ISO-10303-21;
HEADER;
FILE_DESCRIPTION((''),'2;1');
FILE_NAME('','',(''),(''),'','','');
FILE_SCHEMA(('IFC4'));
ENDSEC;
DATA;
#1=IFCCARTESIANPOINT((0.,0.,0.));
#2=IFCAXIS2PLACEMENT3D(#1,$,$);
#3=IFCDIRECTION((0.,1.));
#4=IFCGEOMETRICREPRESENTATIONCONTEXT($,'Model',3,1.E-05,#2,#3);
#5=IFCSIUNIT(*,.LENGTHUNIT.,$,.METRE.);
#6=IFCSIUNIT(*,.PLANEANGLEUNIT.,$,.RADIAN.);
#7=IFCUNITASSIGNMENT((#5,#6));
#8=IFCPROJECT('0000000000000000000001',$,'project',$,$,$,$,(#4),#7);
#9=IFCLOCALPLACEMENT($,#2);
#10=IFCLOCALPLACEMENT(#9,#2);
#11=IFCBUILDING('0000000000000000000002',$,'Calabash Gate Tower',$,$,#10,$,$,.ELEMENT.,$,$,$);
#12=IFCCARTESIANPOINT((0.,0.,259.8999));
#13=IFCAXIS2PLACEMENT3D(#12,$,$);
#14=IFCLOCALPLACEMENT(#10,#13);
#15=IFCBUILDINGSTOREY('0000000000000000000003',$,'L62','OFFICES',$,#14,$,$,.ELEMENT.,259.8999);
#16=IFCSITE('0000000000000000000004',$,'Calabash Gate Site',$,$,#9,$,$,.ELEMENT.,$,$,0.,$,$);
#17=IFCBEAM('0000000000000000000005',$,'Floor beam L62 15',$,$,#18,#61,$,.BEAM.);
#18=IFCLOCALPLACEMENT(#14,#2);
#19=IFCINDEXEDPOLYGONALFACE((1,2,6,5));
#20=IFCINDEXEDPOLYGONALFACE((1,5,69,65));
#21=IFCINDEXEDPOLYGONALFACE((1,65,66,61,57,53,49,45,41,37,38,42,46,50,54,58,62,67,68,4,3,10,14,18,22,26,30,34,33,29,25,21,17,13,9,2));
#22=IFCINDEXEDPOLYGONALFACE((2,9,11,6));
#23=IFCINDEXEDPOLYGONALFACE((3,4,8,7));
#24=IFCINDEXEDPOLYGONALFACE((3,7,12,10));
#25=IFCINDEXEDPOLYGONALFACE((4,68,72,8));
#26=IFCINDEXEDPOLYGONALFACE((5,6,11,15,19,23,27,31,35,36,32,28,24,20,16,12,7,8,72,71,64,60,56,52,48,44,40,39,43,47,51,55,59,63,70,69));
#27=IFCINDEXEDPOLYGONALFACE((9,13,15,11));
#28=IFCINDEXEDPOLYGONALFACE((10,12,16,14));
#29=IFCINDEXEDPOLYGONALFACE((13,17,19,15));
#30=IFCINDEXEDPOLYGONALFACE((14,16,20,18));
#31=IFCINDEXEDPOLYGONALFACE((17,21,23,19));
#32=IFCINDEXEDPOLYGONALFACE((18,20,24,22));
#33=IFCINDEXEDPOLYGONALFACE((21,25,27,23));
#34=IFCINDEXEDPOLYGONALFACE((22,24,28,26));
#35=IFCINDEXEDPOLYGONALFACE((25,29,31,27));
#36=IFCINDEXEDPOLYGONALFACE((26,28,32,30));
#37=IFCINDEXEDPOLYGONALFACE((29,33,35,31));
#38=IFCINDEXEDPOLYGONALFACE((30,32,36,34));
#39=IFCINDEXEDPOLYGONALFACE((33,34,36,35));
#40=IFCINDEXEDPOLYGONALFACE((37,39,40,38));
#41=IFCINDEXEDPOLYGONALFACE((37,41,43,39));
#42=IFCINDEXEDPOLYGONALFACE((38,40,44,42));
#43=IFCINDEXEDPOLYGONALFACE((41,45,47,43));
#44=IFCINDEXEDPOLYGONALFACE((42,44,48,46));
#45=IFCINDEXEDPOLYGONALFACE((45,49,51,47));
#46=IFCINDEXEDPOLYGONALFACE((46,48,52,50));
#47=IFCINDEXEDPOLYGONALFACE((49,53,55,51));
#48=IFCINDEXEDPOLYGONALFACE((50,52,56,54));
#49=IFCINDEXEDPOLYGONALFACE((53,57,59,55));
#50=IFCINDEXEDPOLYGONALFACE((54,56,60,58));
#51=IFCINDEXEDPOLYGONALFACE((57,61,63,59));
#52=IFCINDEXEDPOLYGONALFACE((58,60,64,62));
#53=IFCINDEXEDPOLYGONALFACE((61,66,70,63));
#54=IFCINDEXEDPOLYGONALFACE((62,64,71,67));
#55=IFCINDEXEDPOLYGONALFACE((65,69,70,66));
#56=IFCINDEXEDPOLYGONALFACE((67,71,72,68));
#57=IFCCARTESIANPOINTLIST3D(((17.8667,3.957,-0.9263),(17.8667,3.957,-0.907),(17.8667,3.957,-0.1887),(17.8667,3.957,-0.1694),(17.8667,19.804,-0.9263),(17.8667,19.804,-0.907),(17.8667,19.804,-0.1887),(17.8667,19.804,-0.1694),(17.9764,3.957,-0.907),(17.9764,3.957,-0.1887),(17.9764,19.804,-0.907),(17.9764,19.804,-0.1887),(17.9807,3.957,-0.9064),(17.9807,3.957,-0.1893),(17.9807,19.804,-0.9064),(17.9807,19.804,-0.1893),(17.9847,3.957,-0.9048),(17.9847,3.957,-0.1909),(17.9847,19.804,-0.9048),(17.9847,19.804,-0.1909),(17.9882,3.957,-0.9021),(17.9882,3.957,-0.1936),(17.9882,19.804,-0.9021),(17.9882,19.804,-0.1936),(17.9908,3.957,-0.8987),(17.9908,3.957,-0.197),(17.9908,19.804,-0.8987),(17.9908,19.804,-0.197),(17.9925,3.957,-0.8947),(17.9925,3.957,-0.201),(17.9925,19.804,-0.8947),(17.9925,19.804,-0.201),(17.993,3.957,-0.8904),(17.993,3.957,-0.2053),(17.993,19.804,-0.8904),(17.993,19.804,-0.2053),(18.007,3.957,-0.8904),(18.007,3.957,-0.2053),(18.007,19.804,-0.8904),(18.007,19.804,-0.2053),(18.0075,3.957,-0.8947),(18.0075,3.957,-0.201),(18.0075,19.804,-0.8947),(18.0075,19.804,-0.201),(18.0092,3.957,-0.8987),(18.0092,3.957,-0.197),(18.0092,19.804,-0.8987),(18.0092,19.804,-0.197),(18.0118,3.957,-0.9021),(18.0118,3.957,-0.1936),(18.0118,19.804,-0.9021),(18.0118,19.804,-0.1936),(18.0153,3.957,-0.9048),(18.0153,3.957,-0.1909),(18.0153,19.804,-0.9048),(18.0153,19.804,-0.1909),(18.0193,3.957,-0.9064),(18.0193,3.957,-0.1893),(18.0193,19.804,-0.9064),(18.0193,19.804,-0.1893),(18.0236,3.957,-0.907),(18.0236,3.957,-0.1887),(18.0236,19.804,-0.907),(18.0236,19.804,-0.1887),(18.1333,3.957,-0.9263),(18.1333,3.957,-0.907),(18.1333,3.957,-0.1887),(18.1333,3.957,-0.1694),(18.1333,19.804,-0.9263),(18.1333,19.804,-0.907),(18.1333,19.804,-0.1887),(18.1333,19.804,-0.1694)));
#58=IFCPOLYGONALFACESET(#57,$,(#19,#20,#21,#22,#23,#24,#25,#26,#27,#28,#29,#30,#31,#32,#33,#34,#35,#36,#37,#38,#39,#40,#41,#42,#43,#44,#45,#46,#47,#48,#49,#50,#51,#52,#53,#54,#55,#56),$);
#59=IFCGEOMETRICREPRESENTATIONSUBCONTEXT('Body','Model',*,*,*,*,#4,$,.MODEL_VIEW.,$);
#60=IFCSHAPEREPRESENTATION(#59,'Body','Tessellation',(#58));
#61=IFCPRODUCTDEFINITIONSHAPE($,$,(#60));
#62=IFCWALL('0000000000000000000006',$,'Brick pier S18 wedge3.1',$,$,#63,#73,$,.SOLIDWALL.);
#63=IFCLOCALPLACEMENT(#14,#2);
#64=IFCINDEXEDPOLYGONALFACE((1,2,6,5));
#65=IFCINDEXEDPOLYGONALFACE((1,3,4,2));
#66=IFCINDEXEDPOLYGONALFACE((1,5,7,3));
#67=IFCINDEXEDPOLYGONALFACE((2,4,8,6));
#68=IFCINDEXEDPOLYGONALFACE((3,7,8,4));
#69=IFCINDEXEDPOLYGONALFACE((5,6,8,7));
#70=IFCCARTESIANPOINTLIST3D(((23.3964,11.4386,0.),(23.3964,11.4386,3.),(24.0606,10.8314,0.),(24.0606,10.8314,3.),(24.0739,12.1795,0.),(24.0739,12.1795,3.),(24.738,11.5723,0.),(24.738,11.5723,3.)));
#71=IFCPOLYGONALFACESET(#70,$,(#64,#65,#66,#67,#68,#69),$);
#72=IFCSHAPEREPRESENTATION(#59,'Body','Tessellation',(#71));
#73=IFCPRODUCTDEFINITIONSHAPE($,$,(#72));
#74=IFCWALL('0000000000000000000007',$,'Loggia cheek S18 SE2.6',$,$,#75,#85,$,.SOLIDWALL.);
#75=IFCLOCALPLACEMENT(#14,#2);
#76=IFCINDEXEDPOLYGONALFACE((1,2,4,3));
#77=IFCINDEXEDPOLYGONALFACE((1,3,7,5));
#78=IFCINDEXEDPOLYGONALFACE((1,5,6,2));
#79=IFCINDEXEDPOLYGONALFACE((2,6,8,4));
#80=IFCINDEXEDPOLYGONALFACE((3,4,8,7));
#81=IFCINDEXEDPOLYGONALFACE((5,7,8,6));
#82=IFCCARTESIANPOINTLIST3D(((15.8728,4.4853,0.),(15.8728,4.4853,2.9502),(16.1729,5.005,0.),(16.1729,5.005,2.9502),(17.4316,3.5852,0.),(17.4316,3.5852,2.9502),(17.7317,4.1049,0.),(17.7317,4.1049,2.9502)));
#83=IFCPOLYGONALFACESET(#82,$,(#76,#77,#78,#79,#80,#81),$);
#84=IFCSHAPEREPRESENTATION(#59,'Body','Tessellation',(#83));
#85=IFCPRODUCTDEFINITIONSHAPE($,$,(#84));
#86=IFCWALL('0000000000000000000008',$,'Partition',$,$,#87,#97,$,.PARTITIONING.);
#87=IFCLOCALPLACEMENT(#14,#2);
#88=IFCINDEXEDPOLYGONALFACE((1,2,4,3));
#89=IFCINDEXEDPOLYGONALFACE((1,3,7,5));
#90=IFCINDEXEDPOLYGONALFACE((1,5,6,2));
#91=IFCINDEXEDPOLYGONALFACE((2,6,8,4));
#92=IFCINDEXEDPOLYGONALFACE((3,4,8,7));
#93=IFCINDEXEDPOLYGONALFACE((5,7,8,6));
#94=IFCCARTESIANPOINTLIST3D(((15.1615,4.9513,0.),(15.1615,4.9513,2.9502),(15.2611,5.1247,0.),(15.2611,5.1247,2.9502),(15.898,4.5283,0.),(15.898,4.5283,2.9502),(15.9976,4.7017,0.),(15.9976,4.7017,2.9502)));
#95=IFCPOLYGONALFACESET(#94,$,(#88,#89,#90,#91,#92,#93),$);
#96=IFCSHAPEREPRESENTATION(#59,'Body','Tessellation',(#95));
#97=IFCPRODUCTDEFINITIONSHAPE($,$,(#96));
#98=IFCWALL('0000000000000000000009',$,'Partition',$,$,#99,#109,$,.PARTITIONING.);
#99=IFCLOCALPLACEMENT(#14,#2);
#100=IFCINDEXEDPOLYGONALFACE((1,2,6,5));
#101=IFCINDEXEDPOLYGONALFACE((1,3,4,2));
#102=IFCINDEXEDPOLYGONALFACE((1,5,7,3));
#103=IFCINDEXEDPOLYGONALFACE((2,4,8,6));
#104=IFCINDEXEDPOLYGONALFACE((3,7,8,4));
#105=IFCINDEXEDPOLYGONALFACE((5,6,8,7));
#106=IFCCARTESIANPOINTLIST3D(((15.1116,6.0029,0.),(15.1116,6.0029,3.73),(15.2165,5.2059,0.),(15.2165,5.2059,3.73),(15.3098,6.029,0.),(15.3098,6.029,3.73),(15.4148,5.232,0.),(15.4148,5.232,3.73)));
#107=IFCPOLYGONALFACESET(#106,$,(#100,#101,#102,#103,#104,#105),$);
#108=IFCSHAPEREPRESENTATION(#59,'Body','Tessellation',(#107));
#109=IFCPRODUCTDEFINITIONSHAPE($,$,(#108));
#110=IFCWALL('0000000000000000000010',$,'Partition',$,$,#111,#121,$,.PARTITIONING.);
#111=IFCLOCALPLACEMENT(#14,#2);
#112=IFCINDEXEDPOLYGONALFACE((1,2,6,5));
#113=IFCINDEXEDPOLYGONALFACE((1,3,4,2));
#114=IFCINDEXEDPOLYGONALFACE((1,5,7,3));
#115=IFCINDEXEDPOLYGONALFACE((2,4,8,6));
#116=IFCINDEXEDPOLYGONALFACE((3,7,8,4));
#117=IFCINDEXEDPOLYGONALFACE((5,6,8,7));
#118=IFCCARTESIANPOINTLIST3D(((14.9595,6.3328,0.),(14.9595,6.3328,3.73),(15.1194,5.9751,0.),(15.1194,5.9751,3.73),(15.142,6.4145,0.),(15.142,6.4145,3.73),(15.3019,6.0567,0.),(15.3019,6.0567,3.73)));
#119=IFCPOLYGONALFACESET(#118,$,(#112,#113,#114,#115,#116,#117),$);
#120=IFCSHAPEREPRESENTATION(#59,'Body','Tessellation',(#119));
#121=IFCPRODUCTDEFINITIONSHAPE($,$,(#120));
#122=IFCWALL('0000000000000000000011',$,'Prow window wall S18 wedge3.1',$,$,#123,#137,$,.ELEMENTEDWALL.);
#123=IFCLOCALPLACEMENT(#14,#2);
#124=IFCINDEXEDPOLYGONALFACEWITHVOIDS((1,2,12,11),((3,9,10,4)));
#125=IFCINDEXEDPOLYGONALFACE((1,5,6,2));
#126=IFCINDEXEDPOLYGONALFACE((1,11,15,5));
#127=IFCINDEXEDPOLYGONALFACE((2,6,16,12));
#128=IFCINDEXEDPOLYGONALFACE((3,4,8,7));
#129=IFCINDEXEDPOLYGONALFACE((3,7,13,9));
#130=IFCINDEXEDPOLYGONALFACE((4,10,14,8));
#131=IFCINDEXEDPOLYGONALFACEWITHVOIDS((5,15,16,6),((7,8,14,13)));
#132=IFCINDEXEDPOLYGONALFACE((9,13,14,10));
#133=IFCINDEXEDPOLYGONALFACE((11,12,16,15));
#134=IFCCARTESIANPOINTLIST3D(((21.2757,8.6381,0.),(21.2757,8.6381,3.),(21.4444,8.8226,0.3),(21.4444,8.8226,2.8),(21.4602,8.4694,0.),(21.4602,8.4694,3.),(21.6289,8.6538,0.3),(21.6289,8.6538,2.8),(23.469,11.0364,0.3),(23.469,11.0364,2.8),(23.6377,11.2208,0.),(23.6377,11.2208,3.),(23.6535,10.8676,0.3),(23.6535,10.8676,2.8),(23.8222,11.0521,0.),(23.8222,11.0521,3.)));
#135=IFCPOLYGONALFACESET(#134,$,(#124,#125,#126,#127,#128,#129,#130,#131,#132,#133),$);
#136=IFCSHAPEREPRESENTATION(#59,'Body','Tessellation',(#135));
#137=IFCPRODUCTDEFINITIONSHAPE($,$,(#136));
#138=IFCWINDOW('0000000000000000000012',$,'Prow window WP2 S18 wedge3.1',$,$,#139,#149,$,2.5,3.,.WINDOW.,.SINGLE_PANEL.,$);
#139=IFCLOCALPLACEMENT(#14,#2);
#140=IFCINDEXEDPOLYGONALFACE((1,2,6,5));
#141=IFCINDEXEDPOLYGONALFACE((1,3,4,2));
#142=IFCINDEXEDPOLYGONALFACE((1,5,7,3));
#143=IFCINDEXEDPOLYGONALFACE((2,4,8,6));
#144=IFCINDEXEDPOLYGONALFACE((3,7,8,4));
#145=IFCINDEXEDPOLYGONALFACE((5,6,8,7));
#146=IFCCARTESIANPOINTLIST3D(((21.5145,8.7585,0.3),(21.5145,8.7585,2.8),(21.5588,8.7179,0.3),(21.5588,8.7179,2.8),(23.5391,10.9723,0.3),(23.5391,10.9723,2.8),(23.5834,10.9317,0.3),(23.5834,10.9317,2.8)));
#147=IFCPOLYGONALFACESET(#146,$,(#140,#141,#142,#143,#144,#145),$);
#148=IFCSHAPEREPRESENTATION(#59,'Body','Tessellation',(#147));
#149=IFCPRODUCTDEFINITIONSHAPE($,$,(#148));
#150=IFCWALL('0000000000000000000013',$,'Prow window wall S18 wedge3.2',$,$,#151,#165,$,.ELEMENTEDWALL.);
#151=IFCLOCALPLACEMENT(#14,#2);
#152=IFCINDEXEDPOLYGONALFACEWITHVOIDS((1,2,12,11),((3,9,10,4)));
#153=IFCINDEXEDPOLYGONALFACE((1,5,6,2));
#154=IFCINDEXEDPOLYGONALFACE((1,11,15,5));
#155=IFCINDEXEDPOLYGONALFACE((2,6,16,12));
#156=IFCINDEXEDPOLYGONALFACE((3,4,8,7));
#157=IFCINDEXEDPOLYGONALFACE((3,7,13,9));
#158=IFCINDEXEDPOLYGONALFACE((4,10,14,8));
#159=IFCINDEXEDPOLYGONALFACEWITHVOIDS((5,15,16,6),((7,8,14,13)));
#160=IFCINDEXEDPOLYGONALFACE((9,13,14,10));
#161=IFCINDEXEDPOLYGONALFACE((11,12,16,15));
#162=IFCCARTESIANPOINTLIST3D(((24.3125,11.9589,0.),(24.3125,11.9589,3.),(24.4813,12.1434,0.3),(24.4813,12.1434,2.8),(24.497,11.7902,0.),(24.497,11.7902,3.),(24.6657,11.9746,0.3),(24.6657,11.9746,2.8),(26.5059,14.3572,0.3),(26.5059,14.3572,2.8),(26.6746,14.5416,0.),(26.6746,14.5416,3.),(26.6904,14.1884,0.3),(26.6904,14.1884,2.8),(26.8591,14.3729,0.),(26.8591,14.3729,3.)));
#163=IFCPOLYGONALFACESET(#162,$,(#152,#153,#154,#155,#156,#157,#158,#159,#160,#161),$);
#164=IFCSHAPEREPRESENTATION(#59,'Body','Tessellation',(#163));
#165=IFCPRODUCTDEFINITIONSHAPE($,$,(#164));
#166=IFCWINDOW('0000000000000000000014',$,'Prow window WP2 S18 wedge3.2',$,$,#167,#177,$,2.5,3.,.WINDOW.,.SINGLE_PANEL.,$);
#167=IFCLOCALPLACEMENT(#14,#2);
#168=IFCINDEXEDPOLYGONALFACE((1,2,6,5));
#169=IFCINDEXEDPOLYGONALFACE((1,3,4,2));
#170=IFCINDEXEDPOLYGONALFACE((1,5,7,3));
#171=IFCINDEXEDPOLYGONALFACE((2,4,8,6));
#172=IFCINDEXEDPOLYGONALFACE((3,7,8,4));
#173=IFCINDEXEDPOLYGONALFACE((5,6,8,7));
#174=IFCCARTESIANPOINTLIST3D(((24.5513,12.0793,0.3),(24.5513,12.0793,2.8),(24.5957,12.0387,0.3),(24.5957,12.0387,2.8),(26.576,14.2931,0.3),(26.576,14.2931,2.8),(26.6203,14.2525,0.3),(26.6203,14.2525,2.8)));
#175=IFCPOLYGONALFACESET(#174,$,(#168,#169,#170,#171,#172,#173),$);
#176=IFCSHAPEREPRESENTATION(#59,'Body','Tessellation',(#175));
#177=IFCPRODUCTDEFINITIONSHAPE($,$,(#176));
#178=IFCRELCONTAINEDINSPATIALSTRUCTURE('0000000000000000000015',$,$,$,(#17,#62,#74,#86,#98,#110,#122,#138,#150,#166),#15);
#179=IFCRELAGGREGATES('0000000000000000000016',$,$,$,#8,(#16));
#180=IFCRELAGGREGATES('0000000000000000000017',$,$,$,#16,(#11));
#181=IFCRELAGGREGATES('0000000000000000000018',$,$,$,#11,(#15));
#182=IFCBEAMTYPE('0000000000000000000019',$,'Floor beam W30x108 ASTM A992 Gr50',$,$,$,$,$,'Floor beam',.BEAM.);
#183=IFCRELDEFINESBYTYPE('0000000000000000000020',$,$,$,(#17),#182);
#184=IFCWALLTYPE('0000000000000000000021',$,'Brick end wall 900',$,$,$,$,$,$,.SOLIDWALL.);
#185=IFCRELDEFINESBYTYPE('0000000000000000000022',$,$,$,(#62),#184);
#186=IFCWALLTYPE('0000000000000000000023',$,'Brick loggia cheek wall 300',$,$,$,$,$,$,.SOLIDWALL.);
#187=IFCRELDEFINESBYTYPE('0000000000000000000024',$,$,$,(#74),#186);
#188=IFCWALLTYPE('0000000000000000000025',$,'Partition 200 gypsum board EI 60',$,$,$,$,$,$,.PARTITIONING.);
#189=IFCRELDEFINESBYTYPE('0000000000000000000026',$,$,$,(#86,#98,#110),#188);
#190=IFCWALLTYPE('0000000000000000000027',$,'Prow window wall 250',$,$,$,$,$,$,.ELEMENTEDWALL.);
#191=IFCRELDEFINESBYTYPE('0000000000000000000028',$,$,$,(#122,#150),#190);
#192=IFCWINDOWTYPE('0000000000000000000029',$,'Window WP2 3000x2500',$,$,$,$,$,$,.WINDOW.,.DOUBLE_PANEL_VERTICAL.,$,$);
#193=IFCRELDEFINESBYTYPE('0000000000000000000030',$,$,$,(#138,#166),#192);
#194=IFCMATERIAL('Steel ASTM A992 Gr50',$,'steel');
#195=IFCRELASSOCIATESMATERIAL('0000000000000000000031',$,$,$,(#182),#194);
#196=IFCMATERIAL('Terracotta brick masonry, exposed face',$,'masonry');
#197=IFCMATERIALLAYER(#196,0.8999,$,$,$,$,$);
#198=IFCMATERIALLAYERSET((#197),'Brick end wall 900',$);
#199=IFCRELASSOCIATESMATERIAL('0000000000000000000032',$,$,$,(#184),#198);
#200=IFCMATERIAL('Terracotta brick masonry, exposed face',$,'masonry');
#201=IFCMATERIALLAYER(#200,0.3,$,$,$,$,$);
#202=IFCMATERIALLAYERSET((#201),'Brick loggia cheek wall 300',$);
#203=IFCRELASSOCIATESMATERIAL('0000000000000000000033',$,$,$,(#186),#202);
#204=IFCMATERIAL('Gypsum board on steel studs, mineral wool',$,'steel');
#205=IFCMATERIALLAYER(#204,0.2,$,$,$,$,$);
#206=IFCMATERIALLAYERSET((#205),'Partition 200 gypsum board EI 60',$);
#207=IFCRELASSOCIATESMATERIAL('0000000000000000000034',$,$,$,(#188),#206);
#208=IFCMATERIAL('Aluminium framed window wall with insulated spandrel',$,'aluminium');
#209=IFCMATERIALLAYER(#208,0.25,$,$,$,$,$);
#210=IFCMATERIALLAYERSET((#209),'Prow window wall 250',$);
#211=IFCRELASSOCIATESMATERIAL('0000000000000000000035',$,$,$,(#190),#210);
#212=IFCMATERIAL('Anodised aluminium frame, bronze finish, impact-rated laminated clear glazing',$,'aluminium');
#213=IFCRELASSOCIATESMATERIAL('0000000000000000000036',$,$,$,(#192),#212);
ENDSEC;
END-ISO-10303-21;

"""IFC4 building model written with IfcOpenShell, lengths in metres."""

from ifc_helpers import new_model, si_unit, direction, frame, frame_2d, origin, origin_2d, place, context, subcontext, project, spatial, rectangle, i_section, extrude, material, layer, layer_set, material_profile, profile_set, type_object, element, fill, save


model = new_model("IFC4")

# Units and contexts
model_context = context("Model", 3, precision=1e-05, world=origin(), true_north=direction((0.0, 1.0)))
body_context = subcontext(model_context, "Body", "Model", "MODEL_VIEW")
ifc_project = project(units=[si_unit("LENGTHUNIT", "METRE"), si_unit("PLANEANGLEUNIT", "RADIAN")], contexts=[model_context])

# Site, building, storey
site_placement = place(None, origin())
site = spatial("IfcSite", under=ifc_project, at=site_placement, Name="Calabash Gate Site", CompositionType="ELEMENT", RefElevation=0.0)
building_placement = place(site_placement, origin())
building = spatial("IfcBuilding", under=site, at=building_placement, Name="Calabash Gate Tower", CompositionType="ELEMENT")
storey_placement = place(building_placement, frame((0.0, 0.0, 259.8999)))
storey = spatial("IfcBuildingStorey", under=building, at=storey_placement, Name="L62", Description="OFFICES", CompositionType="ELEMENT", Elevation=259.8999)

# Beam
ifc_material_1 = material(Name="Steel ASTM A992 Gr50", Category="steel")
ifc_material_profile_1 = material_profile(ifc_material_1, i_section(OverallWidth=0.2666, OverallDepth=0.7568, WebThickness=0.0139, FlangeThickness=0.0193, FilletRadius=0.0166, at=origin_2d()))
ifc_profile_set_1 = profile_set([ifc_material_profile_1], Name="Steel ASTM A992 Gr50")
beam_type_1 = type_object("IfcBeamType", Name="Floor beam W30x108 ASTM A992 Gr50", ElementType="Floor beam", PredefinedType="BEAM", material=ifc_profile_set_1)
beam_1_placement = place(storey_placement, frame((18.0, 3.957, -0.5479), z_axis=(0.0, 1.0, 0.0), x_axis=(-1.0, 0.0, 0.0)))
element("IfcBeam", 1, at=beam_1_placement, inside=storey, type_object=beam_type_1, Name="Floor beam L62 15", PredefinedType="BEAM", context=body_context, shape_type="SweptSolid", body=[
    extrude(i_section(OverallWidth=0.2666, OverallDepth=0.7568, WebThickness=0.0139, FlangeThickness=0.0193, FilletRadius=0.0166, at=origin_2d()), origin(), (0.0, 0.0, 1.0), 15.8469),
])

# Walls
ifc_material_2 = material(Name="Terracotta brick masonry, exposed face", Category="masonry")
ifc_layer_1 = layer(ifc_material_2, 0.8999)
ifc_layer_set_1 = layer_set([ifc_layer_1], Name="Brick end wall 900")
wall_type_1 = type_object("IfcWallType", Name="Brick end wall 900", PredefinedType="SOLIDWALL", material=ifc_layer_set_1)
wall_1_placement = place(storey_placement, frame((23.7285, 11.135, 0.0), z_axis=(0.0, 0.0, 1.0), x_axis=(0.674788, 0.738012, 0.0)))
element("IfcWall", 2, at=wall_1_placement, inside=storey, type_object=wall_type_1, Name="Brick pier S18 wedge3.1", PredefinedType="SOLIDWALL", context=body_context, shape_type="SweptSolid", body=[
    extrude(rectangle(XDim=1.0039, YDim=0.8999, at=frame_2d((0.502, 0.0))), origin(), (0.0, 0.0, 1.0), 3.0),
])
ifc_material_3 = material(Name="Terracotta brick masonry, exposed face", Category="masonry")
ifc_layer_2 = layer(ifc_material_3, 0.3)
ifc_layer_set_2 = layer_set([ifc_layer_2], Name="Brick loggia cheek wall 300")
wall_type_2 = type_object("IfcWallType", Name="Brick loggia cheek wall 300", PredefinedType="SOLIDWALL", material=ifc_layer_set_2)
wall_2_placement = place(storey_placement, frame((16.0229, 4.7451, 0.0), z_axis=(0.0, 0.0, 1.0), x_axis=(0.865989, -0.500063, 0.0)))
element("IfcWall", 3, at=wall_2_placement, inside=storey, type_object=wall_type_2, Name="Loggia cheek S18 SE2.6", PredefinedType="SOLIDWALL", context=body_context, shape_type="SweptSolid", body=[
    extrude(rectangle(XDim=1.8, YDim=0.6001, at=frame_2d((0.8999, 0.0))), origin(), (0.0, 0.0, 1.0), 2.9502),
])
ifc_material_4 = material(Name="Gypsum board on steel studs, mineral wool", Category="steel")
ifc_layer_3 = layer(ifc_material_4, 0.2)
ifc_layer_set_3 = layer_set([ifc_layer_3], Name="Partition 200 gypsum board EI 60")
wall_type_3 = type_object("IfcWallType", Name="Partition 200 gypsum board EI 60", PredefinedType="PARTITIONING", material=ifc_layer_set_3)
wall_3_placement = place(storey_placement, frame((15.2112, 5.0381, 0.0), z_axis=(0.0, 0.0, 1.0), x_axis=(0.867127, -0.498088, 0.0)))
element("IfcWall", 4, at=wall_3_placement, inside=storey, type_object=wall_type_3, Name="Partition", PredefinedType="PARTITIONING", context=body_context, shape_type="SweptSolid", body=[
    extrude(rectangle(XDim=0.8494, YDim=0.2, at=frame_2d((0.4248, 0.0))), origin(), (0.0, 0.0, 1.0), 2.9502),
])
wall_4_placement = place(storey_placement, frame((15.2107, 6.0159, 0.0), z_axis=(0.0, 0.0, 1.0), x_axis=(0.130572, -0.991439, 0.0)))
element("IfcWall", 5, at=wall_4_placement, inside=storey, type_object=wall_type_3, Name="Partition", PredefinedType="PARTITIONING", context=body_context, shape_type="SweptSolid", body=[
    extrude(rectangle(XDim=0.804, YDim=0.2, at=frame_2d((0.4019, 0.0))), origin(), (0.0, 0.0, 1.0), 3.73),
])
wall_5_placement = place(storey_placement, frame((15.0508, 6.3735, 0.0), z_axis=(0.0, 0.0, 1.0), x_axis=(0.408161, -0.91291, 0.0)))
element("IfcWall", 6, at=wall_5_placement, inside=storey, type_object=wall_type_3, Name="Partition", PredefinedType="PARTITIONING", context=body_context, shape_type="SweptSolid", body=[
    extrude(rectangle(XDim=0.3918, YDim=0.2, at=frame_2d((0.1958, 0.0))), origin(), (0.0, 0.0, 1.0), 3.73),
])

# Walls, openings, windows
ifc_material_5 = material(Name="Aluminium framed window wall with insulated spandrel", Category="aluminium")
ifc_layer_4 = layer(ifc_material_5, 0.25)
ifc_layer_set_4 = layer_set([ifc_layer_4], Name="Prow window wall 250")
wall_type_4 = type_object("IfcWallType", Name="Prow window wall 250", PredefinedType="ELEMENTEDWALL", material=ifc_layer_set_4)
wall_6_placement = place(storey_placement, frame((21.3679, 8.5537, 0.0), z_axis=(0.0, 0.0, 1.0), x_axis=(0.674874, 0.737933, 0.0)))
wall_6 = element("IfcWall", 7, at=wall_6_placement, inside=storey, type_object=wall_type_4, Name="Prow window wall S18 wedge3.1", PredefinedType="ELEMENTEDWALL", context=body_context, shape_type="SweptSolid", body=[
    extrude(rectangle(XDim=3.5, YDim=0.25, at=frame_2d((1.75, 0.0))), origin(), (0.0, 0.0, 1.0), 3.0),
])
opening_1_placement = place(wall_6_placement, frame((0.25, 0.0, 0.3)))
opening_1 = element("IfcOpeningElement", 8, at=opening_1_placement, cuts=wall_6, PredefinedType="OPENING", context=body_context, shape_type="SweptSolid", body=[
    extrude(rectangle(XDim=3.0, YDim=2.5, at=frame_2d((1.5, 1.25))), frame((0.0, 0.135, 0.0), z_axis=(0.0, -1.0, 0.0), x_axis=(1.0, 0.0, 0.0)), (0.0, 0.0, 1.0), 0.27),
])
ifc_material_6 = material(Name="Anodised aluminium frame, bronze finish, impact-rated laminated clear glazing", Category="aluminium")
window_type = type_object("IfcWindowType", Name="Window WP2 3000x2500", PartitioningType="DOUBLE_PANEL_VERTICAL", PredefinedType="WINDOW", material=ifc_material_6)
window_1_placement = place(opening_1_placement, origin())
window_1 = element("IfcWindow", 9, at=window_1_placement, inside=storey, type_object=window_type, Name="Prow window WP2 S18 wedge3.1", OverallHeight=2.5, OverallWidth=3.0, PartitioningType="SINGLE_PANEL", PredefinedType="WINDOW", context=body_context, shape_type="SweptSolid", body=[
    extrude(rectangle(XDim=3.0, YDim=2.5, at=frame_2d((1.5, 1.25))), frame((0.0, 0.03, 0.0), z_axis=(0.0, -1.0, 0.0), x_axis=(1.0, 0.0, 0.0)), (0.0, 0.0, 1.0), 0.0601),
])
fill(opening_1, window_1)
wall_7_placement = place(storey_placement, frame((24.4048, 11.8745, 0.0), z_axis=(0.0, 0.0, 1.0), x_axis=(0.674874, 0.737933, 0.0)))
wall_7 = element("IfcWall", 10, at=wall_7_placement, inside=storey, type_object=wall_type_4, Name="Prow window wall S18 wedge3.2", PredefinedType="ELEMENTEDWALL", context=body_context, shape_type="SweptSolid", body=[
    extrude(rectangle(XDim=3.5, YDim=0.25, at=frame_2d((1.75, 0.0))), origin(), (0.0, 0.0, 1.0), 3.0),
])
opening_2_placement = place(wall_7_placement, frame((0.25, 0.0, 0.3)))
opening_2 = element("IfcOpeningElement", 11, at=opening_2_placement, cuts=wall_7, PredefinedType="OPENING", context=body_context, shape_type="SweptSolid", body=[
    extrude(rectangle(XDim=3.0, YDim=2.5, at=frame_2d((1.5, 1.25))), frame((0.0, 0.135, 0.0), z_axis=(0.0, -1.0, 0.0), x_axis=(1.0, 0.0, 0.0)), (0.0, 0.0, 1.0), 0.27),
])
window_2_placement = place(opening_2_placement, origin())
window_2 = element("IfcWindow", 12, at=window_2_placement, inside=storey, type_object=window_type, Name="Prow window WP2 S18 wedge3.2", OverallHeight=2.5, OverallWidth=3.0, PartitioningType="SINGLE_PANEL", PredefinedType="WINDOW", context=body_context, shape_type="SweptSolid", body=[
    extrude(rectangle(XDim=3.0, YDim=2.5, at=frame_2d((1.5, 1.25))), frame((0.0, 0.03, 0.0), z_axis=(0.0, -1.0, 0.0), x_axis=(1.0, 0.0, 0.0)), (0.0, 0.0, 1.0), 0.0601),
])
fill(opening_2, window_2)

save(model, "model.ifc")
